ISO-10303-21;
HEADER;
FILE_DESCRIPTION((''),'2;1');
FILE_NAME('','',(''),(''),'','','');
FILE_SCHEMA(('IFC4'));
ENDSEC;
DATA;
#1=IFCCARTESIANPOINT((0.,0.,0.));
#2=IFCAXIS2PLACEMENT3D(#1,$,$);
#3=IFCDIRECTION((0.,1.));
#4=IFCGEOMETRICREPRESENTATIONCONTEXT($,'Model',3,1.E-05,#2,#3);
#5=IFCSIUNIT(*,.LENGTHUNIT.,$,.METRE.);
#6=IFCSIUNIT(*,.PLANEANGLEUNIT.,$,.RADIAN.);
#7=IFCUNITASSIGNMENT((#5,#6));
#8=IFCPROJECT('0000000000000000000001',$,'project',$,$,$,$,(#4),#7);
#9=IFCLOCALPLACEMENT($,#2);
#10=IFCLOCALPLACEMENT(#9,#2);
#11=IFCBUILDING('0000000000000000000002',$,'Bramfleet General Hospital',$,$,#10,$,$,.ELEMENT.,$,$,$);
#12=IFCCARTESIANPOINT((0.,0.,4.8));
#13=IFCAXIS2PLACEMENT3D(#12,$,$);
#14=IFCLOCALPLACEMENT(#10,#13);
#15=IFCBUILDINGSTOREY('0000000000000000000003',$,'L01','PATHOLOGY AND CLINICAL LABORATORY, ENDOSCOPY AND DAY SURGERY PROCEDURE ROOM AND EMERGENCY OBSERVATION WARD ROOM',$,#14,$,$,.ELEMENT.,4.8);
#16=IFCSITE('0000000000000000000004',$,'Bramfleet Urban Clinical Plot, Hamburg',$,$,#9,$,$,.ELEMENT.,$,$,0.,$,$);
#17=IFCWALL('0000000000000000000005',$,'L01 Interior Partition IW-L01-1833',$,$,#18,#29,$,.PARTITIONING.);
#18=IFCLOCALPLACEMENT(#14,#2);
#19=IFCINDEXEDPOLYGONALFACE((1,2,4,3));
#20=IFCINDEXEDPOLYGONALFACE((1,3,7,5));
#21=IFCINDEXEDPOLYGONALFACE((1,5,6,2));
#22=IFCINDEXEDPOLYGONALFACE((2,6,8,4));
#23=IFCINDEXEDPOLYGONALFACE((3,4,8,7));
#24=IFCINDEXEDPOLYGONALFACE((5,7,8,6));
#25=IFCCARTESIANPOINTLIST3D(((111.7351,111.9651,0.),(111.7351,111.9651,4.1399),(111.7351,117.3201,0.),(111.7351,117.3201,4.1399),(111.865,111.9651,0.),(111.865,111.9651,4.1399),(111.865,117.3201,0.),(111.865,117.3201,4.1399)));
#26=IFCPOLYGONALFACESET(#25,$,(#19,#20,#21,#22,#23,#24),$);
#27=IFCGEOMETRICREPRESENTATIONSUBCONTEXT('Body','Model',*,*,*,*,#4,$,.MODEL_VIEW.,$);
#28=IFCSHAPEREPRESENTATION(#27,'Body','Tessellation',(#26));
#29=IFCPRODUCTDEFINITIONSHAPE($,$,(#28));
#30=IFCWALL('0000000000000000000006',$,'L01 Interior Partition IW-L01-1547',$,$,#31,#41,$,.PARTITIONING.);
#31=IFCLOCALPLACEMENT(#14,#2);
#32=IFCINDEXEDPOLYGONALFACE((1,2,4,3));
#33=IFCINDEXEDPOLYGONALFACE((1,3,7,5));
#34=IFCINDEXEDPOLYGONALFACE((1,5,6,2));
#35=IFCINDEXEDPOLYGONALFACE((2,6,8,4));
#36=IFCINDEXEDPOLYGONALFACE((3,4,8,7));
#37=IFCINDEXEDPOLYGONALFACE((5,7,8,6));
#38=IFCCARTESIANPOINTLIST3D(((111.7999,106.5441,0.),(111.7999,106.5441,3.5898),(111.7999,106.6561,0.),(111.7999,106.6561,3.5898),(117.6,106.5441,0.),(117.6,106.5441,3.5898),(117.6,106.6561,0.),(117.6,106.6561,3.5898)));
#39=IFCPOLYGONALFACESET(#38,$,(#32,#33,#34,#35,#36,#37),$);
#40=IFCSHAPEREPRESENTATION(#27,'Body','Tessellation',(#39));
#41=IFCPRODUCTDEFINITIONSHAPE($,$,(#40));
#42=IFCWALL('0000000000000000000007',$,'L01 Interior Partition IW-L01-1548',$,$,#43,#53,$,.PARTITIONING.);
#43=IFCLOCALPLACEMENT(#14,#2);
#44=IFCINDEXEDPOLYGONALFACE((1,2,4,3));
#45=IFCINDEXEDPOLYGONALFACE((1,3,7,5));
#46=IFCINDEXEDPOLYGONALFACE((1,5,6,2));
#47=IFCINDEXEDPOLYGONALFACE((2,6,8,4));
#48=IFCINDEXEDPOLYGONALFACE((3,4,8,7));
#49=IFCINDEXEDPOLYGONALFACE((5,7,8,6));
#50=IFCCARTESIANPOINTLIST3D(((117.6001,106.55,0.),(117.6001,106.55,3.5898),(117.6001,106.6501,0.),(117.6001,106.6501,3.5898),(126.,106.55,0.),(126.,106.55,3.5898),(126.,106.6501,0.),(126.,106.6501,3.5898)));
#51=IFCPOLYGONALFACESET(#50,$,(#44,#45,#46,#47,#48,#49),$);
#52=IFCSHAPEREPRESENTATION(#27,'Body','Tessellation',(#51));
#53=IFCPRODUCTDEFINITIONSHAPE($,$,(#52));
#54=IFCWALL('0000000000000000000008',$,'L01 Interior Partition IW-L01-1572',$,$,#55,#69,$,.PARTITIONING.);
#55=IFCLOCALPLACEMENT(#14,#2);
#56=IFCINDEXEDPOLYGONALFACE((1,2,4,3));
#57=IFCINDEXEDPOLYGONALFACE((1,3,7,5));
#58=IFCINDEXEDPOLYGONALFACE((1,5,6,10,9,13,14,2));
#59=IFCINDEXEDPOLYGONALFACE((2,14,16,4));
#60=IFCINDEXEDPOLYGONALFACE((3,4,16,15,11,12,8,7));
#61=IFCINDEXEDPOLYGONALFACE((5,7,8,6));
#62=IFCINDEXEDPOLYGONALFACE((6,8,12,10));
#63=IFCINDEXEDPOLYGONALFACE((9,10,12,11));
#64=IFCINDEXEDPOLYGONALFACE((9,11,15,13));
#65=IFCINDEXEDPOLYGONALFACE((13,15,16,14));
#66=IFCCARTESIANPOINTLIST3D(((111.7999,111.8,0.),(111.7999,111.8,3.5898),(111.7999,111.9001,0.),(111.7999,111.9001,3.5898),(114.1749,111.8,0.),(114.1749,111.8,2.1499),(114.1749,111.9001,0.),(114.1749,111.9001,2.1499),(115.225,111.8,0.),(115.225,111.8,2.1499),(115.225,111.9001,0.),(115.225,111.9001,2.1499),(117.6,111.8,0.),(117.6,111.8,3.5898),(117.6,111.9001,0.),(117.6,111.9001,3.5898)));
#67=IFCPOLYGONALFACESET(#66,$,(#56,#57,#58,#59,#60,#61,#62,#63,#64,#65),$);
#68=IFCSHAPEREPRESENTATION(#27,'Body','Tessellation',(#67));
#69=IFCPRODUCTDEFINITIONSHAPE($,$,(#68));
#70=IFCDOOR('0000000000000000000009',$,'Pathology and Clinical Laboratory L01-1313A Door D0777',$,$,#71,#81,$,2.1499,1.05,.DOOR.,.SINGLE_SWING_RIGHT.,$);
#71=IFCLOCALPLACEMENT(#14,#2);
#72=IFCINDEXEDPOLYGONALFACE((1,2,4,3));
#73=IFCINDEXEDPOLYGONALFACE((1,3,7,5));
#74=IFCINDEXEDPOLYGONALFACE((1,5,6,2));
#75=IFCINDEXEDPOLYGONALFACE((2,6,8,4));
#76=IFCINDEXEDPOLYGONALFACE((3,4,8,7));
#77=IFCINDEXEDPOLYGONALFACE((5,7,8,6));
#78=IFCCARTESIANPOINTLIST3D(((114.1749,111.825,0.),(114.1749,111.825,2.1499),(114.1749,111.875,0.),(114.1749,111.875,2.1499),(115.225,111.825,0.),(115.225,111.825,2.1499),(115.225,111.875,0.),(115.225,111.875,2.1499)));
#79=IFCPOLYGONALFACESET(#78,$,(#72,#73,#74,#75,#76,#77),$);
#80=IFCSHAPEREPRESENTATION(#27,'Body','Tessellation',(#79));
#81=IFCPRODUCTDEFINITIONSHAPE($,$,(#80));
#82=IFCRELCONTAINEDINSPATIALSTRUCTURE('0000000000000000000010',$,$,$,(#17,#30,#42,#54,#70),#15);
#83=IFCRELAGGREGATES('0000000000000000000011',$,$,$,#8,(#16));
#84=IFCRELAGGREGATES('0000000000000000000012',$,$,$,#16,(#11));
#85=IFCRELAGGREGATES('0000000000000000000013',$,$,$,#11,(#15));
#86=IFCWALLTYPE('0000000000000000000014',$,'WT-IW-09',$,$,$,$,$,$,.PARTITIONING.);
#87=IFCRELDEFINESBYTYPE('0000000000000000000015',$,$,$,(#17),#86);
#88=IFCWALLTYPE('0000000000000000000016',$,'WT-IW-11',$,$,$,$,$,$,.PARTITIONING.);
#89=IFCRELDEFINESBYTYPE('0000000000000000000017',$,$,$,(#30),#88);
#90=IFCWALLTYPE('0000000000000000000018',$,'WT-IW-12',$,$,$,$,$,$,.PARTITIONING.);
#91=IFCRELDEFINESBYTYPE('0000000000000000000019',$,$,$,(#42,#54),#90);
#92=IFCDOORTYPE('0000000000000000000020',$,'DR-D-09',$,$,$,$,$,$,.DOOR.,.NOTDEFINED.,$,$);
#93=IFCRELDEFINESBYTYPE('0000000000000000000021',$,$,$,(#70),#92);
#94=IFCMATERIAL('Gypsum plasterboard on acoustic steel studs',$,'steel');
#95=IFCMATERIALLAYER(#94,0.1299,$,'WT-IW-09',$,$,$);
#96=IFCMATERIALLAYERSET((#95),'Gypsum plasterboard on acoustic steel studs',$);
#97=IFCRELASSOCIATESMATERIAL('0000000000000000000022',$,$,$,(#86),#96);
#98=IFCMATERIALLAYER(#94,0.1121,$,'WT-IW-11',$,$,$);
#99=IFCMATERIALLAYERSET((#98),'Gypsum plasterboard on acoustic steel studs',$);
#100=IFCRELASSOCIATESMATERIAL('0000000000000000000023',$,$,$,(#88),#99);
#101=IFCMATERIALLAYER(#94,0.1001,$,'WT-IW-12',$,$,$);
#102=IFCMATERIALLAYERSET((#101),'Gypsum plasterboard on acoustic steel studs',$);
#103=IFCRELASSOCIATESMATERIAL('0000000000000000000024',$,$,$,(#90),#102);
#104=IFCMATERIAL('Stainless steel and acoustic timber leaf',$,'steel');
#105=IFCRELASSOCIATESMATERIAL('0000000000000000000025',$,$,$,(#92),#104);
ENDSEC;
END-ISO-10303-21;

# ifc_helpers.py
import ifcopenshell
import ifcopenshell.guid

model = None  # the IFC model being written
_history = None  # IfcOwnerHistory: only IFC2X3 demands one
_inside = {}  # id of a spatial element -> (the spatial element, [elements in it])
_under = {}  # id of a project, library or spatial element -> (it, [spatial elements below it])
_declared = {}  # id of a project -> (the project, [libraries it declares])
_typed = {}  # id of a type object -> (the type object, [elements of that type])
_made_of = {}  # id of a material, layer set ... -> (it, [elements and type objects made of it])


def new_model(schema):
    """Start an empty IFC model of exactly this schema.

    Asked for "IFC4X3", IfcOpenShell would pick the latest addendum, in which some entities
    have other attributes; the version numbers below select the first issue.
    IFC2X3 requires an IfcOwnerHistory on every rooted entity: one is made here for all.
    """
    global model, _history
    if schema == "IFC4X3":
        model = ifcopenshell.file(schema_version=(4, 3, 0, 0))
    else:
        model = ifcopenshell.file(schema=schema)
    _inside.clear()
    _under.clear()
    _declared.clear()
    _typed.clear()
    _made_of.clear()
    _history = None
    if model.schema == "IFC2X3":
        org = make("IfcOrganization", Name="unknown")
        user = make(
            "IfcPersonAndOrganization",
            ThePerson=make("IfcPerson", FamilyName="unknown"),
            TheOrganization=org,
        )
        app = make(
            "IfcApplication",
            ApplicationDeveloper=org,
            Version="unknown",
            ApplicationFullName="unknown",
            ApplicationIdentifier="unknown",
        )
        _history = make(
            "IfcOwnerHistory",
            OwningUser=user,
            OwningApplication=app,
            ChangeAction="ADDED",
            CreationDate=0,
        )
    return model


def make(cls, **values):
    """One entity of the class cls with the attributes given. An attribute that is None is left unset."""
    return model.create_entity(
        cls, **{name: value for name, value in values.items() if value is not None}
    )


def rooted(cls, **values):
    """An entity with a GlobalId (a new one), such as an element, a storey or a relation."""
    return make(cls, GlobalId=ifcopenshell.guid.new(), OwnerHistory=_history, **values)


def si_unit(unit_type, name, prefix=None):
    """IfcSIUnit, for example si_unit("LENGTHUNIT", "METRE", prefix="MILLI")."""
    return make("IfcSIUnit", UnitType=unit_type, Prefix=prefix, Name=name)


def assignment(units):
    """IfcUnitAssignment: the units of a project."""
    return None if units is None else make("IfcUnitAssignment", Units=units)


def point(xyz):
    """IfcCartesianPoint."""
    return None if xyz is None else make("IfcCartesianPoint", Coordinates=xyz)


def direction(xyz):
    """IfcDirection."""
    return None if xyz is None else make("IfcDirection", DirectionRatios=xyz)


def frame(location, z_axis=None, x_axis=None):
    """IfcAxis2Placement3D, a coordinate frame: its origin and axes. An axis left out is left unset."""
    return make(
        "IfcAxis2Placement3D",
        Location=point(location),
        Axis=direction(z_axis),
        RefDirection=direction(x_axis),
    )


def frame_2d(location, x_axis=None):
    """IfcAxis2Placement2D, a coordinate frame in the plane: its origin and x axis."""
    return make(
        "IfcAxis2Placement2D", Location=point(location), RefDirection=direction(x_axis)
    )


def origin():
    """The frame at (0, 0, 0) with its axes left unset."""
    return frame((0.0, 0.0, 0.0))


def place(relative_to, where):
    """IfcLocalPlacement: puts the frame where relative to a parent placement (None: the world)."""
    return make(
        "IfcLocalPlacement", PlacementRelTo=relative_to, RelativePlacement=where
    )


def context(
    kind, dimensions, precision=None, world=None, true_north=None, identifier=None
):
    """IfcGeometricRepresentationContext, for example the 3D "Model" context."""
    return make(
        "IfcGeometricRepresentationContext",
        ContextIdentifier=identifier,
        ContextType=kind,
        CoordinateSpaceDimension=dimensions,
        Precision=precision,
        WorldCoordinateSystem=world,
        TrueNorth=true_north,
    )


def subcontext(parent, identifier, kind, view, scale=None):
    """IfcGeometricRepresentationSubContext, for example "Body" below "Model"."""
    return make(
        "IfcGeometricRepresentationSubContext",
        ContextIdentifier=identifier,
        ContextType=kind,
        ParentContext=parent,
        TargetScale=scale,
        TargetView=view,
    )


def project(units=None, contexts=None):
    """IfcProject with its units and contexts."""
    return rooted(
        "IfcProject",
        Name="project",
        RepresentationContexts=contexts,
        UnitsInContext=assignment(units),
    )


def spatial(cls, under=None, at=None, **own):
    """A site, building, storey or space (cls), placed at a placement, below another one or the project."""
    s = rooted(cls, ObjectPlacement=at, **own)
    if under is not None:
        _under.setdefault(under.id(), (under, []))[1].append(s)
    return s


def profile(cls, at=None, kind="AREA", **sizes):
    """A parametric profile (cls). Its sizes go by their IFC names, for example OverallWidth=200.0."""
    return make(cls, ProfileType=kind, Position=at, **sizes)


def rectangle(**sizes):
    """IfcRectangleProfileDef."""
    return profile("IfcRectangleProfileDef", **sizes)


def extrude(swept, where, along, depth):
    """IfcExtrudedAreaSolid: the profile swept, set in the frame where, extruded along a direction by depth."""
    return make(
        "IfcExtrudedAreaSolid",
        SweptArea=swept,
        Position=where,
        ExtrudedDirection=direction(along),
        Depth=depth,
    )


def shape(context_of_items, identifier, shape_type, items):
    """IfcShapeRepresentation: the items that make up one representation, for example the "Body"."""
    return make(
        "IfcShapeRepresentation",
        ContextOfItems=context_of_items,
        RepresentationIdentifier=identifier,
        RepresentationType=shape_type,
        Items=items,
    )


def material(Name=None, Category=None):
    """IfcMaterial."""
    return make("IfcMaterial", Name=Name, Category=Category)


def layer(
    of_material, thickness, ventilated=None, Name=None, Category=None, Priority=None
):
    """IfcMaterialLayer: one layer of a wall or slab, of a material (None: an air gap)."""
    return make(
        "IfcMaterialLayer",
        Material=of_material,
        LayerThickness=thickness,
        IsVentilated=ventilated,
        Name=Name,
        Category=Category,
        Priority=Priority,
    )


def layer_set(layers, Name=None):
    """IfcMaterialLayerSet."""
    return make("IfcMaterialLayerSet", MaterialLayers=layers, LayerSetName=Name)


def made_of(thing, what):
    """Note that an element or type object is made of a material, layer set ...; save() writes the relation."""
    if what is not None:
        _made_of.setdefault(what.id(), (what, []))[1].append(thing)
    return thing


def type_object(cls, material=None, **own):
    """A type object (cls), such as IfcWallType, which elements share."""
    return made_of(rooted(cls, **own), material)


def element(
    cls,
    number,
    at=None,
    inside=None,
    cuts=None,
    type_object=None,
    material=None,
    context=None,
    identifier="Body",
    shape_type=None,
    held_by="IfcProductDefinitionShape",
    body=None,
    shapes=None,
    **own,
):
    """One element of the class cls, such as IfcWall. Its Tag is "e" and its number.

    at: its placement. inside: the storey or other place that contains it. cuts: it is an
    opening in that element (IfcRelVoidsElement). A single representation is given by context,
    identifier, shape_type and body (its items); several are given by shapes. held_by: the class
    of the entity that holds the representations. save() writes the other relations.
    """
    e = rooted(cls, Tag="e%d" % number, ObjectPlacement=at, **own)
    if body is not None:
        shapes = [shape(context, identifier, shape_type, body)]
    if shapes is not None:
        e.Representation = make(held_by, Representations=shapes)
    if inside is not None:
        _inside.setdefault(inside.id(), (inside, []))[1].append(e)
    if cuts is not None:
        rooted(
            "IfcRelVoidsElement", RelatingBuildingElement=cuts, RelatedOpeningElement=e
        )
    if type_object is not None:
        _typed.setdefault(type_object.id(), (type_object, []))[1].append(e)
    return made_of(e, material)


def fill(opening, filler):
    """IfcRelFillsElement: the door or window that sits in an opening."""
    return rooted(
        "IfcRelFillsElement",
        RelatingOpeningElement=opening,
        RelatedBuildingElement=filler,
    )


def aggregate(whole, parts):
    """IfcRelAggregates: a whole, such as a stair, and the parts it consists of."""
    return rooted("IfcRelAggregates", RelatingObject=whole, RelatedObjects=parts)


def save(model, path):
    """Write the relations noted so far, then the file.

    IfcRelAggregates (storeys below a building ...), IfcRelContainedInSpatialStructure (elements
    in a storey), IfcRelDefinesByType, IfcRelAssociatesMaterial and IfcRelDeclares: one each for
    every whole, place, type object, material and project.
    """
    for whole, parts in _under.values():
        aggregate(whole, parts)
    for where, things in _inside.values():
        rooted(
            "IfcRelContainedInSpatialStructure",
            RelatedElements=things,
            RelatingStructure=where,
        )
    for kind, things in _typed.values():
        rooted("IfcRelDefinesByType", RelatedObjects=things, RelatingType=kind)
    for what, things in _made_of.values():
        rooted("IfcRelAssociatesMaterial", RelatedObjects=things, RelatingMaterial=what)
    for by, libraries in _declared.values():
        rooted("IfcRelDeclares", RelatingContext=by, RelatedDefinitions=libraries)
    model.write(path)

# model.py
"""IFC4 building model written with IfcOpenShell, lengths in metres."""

from ifc_helpers import new_model, si_unit, direction, frame, frame_2d, origin, place, context, subcontext, project, spatial, rectangle, extrude, material, layer, layer_set, type_object, element, fill, save


model = new_model("IFC4")

# Units and contexts
model_context = context("Model", 3, precision=1e-05, world=origin(), true_north=direction((0.0, 1.0)))
body_context = subcontext(model_context, "Body", "Model", "MODEL_VIEW")
ifc_project = project(units=[si_unit("LENGTHUNIT", "METRE"), si_unit("PLANEANGLEUNIT", "RADIAN")], contexts=[model_context])

# Site, building, storey
site_placement = place(None, origin())
site = spatial("IfcSite", under=ifc_project, at=site_placement, Name="Bramfleet Urban Clinical Plot, Hamburg", CompositionType="ELEMENT", RefElevation=0.0)
building_placement = place(site_placement, origin())
building = spatial("IfcBuilding", under=site, at=building_placement, Name="Bramfleet General Hospital", CompositionType="ELEMENT")
storey_placement = place(building_placement, frame((0.0, 0.0, 4.8)))
storey = spatial("IfcBuildingStorey", under=building, at=storey_placement, Name="L01", Description="PATHOLOGY AND CLINICAL LABORATORY, ENDOSCOPY AND DAY SURGERY PROCEDURE ROOM AND EMERGENCY OBSERVATION WARD ROOM", CompositionType="ELEMENT", Elevation=4.8)

# Wall
ifc_material_1 = material(Name="Gypsum plasterboard on acoustic steel studs", Category="steel")
ifc_layer_1 = layer(ifc_material_1, 0.1299, Name="WT-IW-09")
ifc_layer_set_1 = layer_set([ifc_layer_1], Name="Gypsum plasterboard on acoustic steel studs")
wall_type_1 = type_object("IfcWallType", Name="WT-IW-09", PredefinedType="PARTITIONING", material=ifc_layer_set_1)
wall_1_placement = place(storey_placement, frame((111.8, 111.9651, 0.0), z_axis=(0.0, 0.0, 1.0), x_axis=(0.0, 1.0, 0.0)))
element("IfcWall", 1, at=wall_1_placement, inside=storey, type_object=wall_type_1, Name="L01 Interior Partition IW-L01-1833", PredefinedType="PARTITIONING", context=body_context, shape_type="SweptSolid", body=[
    extrude(rectangle(XDim=5.355, YDim=0.1299, at=frame_2d((2.6775, 0.0))), origin(), (0.0, 0.0, 1.0), 4.1399),
])

# Shared definitions
ifc_layer_2 = layer(ifc_material_1, 0.1121, Name="WT-IW-11")
ifc_layer_set_2 = layer_set([ifc_layer_2], Name="Gypsum plasterboard on acoustic steel studs")
wall_type_2 = type_object("IfcWallType", Name="WT-IW-11", PredefinedType="PARTITIONING", material=ifc_layer_set_2)
ifc_material_2 = material(Name="Stainless steel and acoustic timber leaf", Category="steel")

# Walls
wall_2_placement = place(storey_placement, frame((111.8, 106.6001, 0.0), z_axis=(0.0, 0.0, 1.0), x_axis=(1.0, 0.0, 0.0)))
element("IfcWall", 2, at=wall_2_placement, inside=storey, type_object=wall_type_2, Name="L01 Interior Partition IW-L01-1547", PredefinedType="PARTITIONING", context=body_context, shape_type="SweptSolid", body=[
    extrude(rectangle(XDim=5.8, YDim=0.1121, at=frame_2d((2.8999, 0.0))), origin(), (0.0, 0.0, 1.0), 3.5898),
])
ifc_layer_3 = layer(ifc_material_1, 0.1001, Name="WT-IW-12")
ifc_layer_set_3 = layer_set([ifc_layer_3], Name="Gypsum plasterboard on acoustic steel studs")
wall_type_3 = type_object("IfcWallType", Name="WT-IW-12", PredefinedType="PARTITIONING", material=ifc_layer_set_3)
wall_3_placement = place(storey_placement, frame((117.6001, 106.6001, 0.0), z_axis=(0.0, 0.0, 1.0), x_axis=(1.0, 0.0, 0.0)))
element("IfcWall", 3, at=wall_3_placement, inside=storey, type_object=wall_type_3, Name="L01 Interior Partition IW-L01-1548", PredefinedType="PARTITIONING", context=body_context, shape_type="SweptSolid", body=[
    extrude(rectangle(XDim=8.3999, YDim=0.1001, at=frame_2d((4.2, 0.0))), origin(), (0.0, 0.0, 1.0), 3.5898),
])

# Wall, opening, door
wall_4_placement = place(storey_placement, frame((111.8, 111.8501, 0.0), z_axis=(0.0, 0.0, 1.0), x_axis=(1.0, 0.0, 0.0)))
wall_4 = element("IfcWall", 4, at=wall_4_placement, inside=storey, type_object=wall_type_3, Name="L01 Interior Partition IW-L01-1572", PredefinedType="PARTITIONING", context=body_context, shape_type="SweptSolid", body=[
    extrude(rectangle(XDim=5.8, YDim=0.1001, at=frame_2d((2.8999, 0.0))), origin(), (0.0, 0.0, 1.0), 3.5898),
])
opening_1_placement = place(wall_4_placement, frame((2.375, 0.0, 0.0)))
opening_1 = element("IfcOpeningElement", 5, at=opening_1_placement, cuts=wall_4, PredefinedType="OPENING", context=body_context, shape_type="SweptSolid", body=[
    extrude(rectangle(XDim=1.05, YDim=2.1499, at=frame_2d((0.5249, 1.075))), frame((0.0, 0.0601, 0.0), z_axis=(0.0, -1.0, 0.0), x_axis=(1.0, 0.0, 0.0)), (0.0, 0.0, 1.0), 0.1201),
])
door_type_1 = type_object("IfcDoorType", Name="DR-D-09", OperationType="NOTDEFINED", PredefinedType="DOOR", material=ifc_material_2)
door_1_placement = place(opening_1_placement, origin())
door_1 = element("IfcDoor", 6, at=door_1_placement, inside=storey, type_object=door_type_1, Name="Pathology and Clinical Laboratory L01-1313A Door D0777", OperationType="SINGLE_SWING_RIGHT", OverallHeight=2.1499, OverallWidth=1.05, PredefinedType="DOOR", context=body_context, shape_type="SweptSolid", body=[
    extrude(rectangle(XDim=1.05, YDim=2.1499, at=frame_2d((0.5249, 1.075))), frame((0.0, 0.0249, 0.0), z_axis=(0.0, -1.0, 0.0), x_axis=(1.0, 0.0, 0.0)), (0.0, 0.0, 1.0), 0.05),
])
fill(opening_1, door_1)

save(model, "model.ifc")
